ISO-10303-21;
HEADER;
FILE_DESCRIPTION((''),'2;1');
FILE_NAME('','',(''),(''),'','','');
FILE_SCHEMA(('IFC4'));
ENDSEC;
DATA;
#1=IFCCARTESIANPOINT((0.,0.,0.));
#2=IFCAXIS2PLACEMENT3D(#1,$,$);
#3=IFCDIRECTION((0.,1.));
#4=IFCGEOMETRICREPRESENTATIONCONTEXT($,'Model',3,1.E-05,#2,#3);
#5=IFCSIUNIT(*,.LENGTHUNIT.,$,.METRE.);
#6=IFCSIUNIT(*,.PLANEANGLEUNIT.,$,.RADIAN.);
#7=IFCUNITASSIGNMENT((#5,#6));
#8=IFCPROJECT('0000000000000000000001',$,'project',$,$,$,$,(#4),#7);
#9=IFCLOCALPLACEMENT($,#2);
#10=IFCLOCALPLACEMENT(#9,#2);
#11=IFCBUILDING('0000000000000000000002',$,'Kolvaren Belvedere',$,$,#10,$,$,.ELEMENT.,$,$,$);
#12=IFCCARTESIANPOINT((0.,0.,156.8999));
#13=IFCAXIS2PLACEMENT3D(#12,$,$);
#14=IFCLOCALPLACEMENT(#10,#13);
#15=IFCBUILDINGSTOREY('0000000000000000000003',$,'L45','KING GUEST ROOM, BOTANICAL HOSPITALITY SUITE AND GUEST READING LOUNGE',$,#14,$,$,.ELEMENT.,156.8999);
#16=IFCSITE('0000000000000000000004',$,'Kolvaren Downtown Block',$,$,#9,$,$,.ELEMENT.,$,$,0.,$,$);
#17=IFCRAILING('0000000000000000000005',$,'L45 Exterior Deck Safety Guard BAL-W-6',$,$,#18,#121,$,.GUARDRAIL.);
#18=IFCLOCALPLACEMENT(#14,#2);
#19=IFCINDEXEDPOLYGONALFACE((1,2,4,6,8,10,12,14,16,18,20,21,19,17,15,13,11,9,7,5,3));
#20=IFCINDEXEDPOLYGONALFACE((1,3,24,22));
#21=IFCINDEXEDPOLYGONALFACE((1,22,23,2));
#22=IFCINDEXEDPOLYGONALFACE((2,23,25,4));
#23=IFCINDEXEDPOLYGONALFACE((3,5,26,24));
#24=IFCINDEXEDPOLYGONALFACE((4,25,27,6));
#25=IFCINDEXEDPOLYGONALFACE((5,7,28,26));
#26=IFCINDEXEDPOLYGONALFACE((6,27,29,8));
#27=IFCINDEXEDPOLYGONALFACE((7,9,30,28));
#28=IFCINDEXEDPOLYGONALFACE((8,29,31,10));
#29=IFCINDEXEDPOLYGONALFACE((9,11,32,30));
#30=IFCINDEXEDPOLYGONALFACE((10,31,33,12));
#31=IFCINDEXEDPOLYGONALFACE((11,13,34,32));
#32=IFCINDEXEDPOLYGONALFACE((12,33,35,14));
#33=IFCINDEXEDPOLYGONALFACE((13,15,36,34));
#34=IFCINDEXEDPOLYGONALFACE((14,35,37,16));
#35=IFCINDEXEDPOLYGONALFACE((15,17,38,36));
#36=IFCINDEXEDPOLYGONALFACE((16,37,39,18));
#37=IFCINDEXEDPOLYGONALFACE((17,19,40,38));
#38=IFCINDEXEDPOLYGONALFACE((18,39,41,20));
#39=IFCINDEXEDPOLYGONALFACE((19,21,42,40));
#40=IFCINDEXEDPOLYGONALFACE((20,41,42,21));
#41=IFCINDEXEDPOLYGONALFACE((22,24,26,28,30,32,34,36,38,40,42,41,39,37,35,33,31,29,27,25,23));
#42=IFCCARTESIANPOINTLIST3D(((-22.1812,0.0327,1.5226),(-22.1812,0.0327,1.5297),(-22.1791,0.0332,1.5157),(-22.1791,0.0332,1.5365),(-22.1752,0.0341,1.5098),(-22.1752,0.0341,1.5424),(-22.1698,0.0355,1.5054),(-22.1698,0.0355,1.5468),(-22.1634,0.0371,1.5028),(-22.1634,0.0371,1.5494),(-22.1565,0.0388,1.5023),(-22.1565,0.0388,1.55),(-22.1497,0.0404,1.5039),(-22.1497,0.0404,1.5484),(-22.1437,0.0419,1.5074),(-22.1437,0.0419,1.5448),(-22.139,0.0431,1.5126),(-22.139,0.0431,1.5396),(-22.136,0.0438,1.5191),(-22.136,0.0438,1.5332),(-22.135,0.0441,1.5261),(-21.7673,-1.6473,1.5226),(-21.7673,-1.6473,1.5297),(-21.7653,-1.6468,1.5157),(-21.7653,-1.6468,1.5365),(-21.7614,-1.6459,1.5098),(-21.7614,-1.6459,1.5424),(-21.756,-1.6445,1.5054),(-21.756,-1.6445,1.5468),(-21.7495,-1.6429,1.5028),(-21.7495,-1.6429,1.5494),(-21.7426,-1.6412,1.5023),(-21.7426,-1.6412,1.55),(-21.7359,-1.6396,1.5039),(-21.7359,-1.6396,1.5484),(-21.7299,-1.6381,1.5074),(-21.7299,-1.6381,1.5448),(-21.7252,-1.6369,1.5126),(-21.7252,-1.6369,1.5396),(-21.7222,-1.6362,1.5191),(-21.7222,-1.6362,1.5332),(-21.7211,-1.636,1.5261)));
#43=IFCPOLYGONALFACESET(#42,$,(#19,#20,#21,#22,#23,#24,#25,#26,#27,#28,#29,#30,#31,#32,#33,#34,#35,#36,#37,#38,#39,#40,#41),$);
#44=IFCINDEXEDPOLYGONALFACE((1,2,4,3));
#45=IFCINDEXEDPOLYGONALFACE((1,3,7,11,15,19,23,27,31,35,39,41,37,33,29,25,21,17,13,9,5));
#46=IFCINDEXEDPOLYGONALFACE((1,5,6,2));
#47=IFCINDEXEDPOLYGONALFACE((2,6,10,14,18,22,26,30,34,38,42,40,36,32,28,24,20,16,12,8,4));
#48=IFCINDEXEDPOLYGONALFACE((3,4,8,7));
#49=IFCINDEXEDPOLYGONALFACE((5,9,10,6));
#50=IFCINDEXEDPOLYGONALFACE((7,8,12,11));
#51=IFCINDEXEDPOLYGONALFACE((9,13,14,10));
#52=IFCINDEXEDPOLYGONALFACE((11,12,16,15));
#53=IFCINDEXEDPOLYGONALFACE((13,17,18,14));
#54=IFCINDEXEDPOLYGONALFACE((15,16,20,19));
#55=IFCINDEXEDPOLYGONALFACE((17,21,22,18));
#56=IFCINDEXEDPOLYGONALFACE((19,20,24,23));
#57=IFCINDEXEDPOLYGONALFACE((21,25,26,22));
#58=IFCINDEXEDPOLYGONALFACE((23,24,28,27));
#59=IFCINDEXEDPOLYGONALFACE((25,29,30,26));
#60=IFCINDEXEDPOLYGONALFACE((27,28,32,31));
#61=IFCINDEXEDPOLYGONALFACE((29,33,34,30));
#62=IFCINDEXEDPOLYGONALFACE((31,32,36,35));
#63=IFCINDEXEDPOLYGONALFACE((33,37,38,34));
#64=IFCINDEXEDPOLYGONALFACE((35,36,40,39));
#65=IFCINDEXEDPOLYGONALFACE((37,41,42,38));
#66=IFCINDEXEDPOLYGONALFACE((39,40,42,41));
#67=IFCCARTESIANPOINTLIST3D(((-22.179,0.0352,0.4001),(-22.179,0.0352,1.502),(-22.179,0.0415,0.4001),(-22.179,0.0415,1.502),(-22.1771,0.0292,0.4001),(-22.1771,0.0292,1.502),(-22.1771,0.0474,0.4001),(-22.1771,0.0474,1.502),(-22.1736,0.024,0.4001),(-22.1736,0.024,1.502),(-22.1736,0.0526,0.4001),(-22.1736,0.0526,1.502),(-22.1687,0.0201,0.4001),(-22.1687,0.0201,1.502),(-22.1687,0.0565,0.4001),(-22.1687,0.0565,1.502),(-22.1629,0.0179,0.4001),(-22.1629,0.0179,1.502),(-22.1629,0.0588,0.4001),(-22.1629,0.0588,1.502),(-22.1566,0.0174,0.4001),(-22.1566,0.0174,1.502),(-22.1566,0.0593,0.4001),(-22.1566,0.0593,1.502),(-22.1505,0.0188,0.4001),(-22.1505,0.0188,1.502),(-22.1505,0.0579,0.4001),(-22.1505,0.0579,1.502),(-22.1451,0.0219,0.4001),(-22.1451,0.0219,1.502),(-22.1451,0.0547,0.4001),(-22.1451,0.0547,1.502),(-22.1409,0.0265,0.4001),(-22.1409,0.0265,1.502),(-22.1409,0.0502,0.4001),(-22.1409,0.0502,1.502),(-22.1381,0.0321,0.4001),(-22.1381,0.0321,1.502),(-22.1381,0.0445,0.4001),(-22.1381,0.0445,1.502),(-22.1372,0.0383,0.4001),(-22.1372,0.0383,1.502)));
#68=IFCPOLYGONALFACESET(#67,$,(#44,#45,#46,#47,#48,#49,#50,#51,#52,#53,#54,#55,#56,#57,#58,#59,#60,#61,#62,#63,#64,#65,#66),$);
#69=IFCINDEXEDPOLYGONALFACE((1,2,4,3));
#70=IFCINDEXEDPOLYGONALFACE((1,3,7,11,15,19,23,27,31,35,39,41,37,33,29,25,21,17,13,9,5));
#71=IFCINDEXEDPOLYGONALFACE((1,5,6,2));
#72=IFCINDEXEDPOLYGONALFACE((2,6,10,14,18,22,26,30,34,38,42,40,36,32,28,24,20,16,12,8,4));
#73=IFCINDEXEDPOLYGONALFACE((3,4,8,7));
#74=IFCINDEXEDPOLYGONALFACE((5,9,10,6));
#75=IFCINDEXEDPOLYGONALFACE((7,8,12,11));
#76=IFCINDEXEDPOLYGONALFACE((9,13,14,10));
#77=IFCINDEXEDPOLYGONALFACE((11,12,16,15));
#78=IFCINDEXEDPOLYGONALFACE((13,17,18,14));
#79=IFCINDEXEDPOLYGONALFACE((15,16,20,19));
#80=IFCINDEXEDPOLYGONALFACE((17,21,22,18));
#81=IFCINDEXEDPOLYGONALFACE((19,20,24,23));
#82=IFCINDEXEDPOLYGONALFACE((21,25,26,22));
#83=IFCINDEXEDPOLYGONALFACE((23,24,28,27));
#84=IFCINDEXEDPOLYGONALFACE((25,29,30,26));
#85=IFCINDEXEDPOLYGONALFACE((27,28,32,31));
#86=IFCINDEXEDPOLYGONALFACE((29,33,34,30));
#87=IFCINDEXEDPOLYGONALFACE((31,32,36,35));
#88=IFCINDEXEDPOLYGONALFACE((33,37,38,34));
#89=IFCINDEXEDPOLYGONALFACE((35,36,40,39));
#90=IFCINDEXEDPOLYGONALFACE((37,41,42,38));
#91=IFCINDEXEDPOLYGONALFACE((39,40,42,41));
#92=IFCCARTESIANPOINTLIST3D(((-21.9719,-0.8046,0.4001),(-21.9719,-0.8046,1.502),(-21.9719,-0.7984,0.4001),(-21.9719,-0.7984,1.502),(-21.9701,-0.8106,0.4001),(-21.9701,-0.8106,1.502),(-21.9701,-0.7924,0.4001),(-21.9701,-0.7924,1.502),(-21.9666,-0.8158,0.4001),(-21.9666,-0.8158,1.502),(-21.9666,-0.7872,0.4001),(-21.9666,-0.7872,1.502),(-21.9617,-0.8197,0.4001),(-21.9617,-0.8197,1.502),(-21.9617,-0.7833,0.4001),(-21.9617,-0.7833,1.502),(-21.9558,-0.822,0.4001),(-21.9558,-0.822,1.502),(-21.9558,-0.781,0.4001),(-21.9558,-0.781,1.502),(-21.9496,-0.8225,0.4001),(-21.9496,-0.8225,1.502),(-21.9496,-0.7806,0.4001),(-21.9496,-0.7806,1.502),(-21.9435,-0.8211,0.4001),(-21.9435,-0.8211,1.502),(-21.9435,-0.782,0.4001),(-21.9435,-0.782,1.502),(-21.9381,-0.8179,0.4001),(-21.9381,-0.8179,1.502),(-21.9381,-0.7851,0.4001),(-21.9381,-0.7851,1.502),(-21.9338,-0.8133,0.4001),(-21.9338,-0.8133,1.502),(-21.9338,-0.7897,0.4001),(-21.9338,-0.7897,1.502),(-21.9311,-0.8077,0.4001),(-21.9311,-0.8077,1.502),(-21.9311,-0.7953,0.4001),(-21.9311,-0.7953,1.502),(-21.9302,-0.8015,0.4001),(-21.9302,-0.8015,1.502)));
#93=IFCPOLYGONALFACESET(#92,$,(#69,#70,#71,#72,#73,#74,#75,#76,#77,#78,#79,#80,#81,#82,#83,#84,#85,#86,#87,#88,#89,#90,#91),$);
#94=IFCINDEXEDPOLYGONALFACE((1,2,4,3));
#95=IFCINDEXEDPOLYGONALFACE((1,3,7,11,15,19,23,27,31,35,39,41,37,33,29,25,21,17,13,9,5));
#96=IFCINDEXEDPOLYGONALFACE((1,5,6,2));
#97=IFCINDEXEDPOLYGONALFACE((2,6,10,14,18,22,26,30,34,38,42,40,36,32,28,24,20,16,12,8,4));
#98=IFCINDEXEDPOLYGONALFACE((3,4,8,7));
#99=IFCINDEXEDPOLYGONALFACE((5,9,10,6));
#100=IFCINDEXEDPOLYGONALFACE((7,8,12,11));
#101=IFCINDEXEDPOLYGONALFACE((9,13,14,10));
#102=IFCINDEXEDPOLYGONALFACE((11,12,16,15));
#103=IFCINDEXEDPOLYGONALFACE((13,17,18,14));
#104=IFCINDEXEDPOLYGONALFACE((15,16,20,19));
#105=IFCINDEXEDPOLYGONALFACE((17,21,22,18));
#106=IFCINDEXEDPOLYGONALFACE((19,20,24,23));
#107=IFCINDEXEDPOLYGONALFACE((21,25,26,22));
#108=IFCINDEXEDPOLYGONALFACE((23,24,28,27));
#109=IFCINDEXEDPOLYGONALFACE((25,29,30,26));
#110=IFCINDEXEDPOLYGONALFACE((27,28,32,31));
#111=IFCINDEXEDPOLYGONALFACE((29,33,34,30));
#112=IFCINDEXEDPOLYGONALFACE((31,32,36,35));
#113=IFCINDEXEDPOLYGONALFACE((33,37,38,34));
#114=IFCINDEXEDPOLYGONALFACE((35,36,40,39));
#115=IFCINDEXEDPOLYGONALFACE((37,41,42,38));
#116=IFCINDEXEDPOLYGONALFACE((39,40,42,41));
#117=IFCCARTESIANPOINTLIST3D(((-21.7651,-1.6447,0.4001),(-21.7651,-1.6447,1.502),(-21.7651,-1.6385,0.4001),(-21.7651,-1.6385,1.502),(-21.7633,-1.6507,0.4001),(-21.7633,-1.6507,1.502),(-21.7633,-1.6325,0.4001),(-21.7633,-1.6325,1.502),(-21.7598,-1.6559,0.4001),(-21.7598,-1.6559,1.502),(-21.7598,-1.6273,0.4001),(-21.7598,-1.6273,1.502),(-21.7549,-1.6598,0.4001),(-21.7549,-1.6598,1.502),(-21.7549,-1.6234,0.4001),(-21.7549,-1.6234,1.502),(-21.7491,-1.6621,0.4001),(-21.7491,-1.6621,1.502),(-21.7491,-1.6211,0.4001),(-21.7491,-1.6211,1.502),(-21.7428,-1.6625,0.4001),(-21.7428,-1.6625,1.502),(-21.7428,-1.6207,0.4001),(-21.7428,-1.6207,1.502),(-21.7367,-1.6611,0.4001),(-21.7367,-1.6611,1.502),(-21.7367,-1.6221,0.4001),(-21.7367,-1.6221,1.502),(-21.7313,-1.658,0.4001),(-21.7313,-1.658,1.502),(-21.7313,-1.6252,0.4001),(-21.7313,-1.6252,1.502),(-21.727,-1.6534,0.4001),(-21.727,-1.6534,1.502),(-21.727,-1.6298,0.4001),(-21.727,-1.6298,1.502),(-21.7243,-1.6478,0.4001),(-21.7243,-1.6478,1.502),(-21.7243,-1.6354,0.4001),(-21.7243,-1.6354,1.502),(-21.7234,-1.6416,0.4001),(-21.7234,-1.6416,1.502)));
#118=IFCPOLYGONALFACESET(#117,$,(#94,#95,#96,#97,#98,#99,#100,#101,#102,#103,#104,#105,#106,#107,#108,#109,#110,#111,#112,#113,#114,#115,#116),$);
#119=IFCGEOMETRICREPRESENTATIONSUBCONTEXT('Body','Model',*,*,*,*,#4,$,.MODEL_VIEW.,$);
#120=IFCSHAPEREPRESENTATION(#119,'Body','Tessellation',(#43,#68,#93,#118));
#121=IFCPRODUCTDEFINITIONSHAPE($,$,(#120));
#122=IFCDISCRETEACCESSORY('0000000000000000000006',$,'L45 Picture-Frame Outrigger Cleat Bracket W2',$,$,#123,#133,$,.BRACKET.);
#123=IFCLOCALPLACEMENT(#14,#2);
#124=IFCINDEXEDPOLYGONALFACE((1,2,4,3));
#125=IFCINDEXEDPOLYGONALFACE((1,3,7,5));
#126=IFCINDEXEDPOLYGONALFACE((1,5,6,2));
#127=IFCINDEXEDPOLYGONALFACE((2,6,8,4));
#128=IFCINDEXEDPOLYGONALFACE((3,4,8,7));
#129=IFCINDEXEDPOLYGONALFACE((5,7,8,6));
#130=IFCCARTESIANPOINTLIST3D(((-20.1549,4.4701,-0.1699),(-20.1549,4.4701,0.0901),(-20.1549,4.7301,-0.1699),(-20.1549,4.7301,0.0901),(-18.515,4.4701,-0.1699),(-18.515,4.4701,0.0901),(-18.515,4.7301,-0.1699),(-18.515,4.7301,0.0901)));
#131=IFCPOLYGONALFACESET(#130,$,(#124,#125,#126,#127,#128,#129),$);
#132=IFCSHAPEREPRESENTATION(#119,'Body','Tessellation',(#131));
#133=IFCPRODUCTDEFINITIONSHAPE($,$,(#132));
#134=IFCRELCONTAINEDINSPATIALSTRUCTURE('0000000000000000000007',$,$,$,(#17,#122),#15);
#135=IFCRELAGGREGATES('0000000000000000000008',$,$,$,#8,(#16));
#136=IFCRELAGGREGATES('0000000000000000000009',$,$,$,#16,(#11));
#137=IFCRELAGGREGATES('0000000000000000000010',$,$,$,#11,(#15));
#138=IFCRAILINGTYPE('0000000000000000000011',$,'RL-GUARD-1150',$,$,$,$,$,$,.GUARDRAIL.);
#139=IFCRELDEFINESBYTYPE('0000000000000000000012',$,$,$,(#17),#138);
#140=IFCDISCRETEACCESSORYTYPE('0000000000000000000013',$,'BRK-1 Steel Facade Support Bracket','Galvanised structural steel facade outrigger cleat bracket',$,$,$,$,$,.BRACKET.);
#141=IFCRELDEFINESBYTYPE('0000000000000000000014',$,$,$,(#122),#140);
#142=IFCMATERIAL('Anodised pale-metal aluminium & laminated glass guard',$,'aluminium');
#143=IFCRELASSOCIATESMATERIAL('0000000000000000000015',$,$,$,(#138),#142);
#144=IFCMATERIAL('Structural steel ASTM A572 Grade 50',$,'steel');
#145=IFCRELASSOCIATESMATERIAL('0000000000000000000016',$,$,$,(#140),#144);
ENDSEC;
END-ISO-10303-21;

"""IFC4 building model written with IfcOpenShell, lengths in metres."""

from ifc_helpers import new_model, si_unit, direction, frame, origin, origin_2d, place, context, subcontext, project, spatial, rectangle, circle, extrude, material, type_object, element, save


model = new_model("IFC4")

# Units and contexts
model_context = context("Model", 3, precision=1e-05, world=origin(), true_north=direction((0.0, 1.0)))
body_context = subcontext(model_context, "Body", "Model", "MODEL_VIEW")
ifc_project = project(units=[si_unit("LENGTHUNIT", "METRE"), si_unit("PLANEANGLEUNIT", "RADIAN")], contexts=[model_context])

# Site, building, storey
site_placement = place(None, origin())
site = spatial("IfcSite", under=ifc_project, at=site_placement, Name="Kolvaren Downtown Block", CompositionType="ELEMENT", RefElevation=0.0)
building_placement = place(site_placement, origin())
building = spatial("IfcBuilding", under=site, at=building_placement, Name="Kolvaren Belvedere", CompositionType="ELEMENT")
storey_placement = place(building_placement, frame((0.0, 0.0, 156.8999)))
storey = spatial("IfcBuildingStorey", under=building, at=storey_placement, Name="L45", Description="KING GUEST ROOM, BOTANICAL HOSPITALITY SUITE AND GUEST READING LOUNGE", CompositionType="ELEMENT", Elevation=156.8999)

# Railing
ifc_material_1 = material(Name="Anodised pale-metal aluminium & laminated glass guard", Category="aluminium")
railing_type = type_object("IfcRailingType", Name="RL-GUARD-1150", PredefinedType="GUARDRAIL", material=ifc_material_1)
railing_1_placement = place(storey_placement, frame((-22.1582, 0.0383, 0.4001)))
element("IfcRailing", 1, at=railing_1_placement, inside=storey, type_object=railing_type, Name="L45 Exterior Deck Safety Guard BAL-W-6", PredefinedType="GUARDRAIL", context=body_context, shape_type="SweptSolid", body=[
    extrude(circle(Radius=0.0239, at=origin_2d()), frame((0.0, 0.0, 1.126), z_axis=(0.239181, -0.970975, 0.0), x_axis=(0.970975, 0.239181, 0.0)), (0.0, 0.0, 1.0), 1.7302),
    extrude(circle(Radius=0.021, at=origin_2d()), origin(), (0.0, 0.0, 1.0), 1.1018),
    extrude(circle(Radius=0.021, at=origin_2d()), frame((0.207, -0.8398, 0.0)), (0.0, 0.0, 1.0), 1.1018),
    extrude(circle(Radius=0.021, at=origin_2d()), frame((0.4138, -1.6799, 0.0)), (0.0, 0.0, 1.0), 1.1018),
])

# Discrete accessory
ifc_material_2 = material(Name="Structural steel ASTM A572 Grade 50", Category="steel")
discrete_accessory_type = type_object("IfcDiscreteAccessoryType", Name="BRK-1 Steel Facade Support Bracket", Description="Galvanised structural steel facade outrigger cleat bracket", PredefinedType="BRACKET", material=ifc_material_2)
discrete_accessory_placement = place(storey_placement, frame((-19.335, 4.6001, -0.1699), z_axis=(0.0, 0.0, 1.0), x_axis=(1.0, 0.0, 0.0)))
element("IfcDiscreteAccessory", 2, at=discrete_accessory_placement, inside=storey, type_object=discrete_accessory_type, Name="L45 Picture-Frame Outrigger Cleat Bracket W2", PredefinedType="BRACKET", context=body_context, shape_type="SweptSolid", body=[
    extrude(rectangle(XDim=1.6399, YDim=0.26, at=origin_2d()), origin(), (0.0, 0.0, 1.0), 0.26),
])

save(model, "model.ifc")
